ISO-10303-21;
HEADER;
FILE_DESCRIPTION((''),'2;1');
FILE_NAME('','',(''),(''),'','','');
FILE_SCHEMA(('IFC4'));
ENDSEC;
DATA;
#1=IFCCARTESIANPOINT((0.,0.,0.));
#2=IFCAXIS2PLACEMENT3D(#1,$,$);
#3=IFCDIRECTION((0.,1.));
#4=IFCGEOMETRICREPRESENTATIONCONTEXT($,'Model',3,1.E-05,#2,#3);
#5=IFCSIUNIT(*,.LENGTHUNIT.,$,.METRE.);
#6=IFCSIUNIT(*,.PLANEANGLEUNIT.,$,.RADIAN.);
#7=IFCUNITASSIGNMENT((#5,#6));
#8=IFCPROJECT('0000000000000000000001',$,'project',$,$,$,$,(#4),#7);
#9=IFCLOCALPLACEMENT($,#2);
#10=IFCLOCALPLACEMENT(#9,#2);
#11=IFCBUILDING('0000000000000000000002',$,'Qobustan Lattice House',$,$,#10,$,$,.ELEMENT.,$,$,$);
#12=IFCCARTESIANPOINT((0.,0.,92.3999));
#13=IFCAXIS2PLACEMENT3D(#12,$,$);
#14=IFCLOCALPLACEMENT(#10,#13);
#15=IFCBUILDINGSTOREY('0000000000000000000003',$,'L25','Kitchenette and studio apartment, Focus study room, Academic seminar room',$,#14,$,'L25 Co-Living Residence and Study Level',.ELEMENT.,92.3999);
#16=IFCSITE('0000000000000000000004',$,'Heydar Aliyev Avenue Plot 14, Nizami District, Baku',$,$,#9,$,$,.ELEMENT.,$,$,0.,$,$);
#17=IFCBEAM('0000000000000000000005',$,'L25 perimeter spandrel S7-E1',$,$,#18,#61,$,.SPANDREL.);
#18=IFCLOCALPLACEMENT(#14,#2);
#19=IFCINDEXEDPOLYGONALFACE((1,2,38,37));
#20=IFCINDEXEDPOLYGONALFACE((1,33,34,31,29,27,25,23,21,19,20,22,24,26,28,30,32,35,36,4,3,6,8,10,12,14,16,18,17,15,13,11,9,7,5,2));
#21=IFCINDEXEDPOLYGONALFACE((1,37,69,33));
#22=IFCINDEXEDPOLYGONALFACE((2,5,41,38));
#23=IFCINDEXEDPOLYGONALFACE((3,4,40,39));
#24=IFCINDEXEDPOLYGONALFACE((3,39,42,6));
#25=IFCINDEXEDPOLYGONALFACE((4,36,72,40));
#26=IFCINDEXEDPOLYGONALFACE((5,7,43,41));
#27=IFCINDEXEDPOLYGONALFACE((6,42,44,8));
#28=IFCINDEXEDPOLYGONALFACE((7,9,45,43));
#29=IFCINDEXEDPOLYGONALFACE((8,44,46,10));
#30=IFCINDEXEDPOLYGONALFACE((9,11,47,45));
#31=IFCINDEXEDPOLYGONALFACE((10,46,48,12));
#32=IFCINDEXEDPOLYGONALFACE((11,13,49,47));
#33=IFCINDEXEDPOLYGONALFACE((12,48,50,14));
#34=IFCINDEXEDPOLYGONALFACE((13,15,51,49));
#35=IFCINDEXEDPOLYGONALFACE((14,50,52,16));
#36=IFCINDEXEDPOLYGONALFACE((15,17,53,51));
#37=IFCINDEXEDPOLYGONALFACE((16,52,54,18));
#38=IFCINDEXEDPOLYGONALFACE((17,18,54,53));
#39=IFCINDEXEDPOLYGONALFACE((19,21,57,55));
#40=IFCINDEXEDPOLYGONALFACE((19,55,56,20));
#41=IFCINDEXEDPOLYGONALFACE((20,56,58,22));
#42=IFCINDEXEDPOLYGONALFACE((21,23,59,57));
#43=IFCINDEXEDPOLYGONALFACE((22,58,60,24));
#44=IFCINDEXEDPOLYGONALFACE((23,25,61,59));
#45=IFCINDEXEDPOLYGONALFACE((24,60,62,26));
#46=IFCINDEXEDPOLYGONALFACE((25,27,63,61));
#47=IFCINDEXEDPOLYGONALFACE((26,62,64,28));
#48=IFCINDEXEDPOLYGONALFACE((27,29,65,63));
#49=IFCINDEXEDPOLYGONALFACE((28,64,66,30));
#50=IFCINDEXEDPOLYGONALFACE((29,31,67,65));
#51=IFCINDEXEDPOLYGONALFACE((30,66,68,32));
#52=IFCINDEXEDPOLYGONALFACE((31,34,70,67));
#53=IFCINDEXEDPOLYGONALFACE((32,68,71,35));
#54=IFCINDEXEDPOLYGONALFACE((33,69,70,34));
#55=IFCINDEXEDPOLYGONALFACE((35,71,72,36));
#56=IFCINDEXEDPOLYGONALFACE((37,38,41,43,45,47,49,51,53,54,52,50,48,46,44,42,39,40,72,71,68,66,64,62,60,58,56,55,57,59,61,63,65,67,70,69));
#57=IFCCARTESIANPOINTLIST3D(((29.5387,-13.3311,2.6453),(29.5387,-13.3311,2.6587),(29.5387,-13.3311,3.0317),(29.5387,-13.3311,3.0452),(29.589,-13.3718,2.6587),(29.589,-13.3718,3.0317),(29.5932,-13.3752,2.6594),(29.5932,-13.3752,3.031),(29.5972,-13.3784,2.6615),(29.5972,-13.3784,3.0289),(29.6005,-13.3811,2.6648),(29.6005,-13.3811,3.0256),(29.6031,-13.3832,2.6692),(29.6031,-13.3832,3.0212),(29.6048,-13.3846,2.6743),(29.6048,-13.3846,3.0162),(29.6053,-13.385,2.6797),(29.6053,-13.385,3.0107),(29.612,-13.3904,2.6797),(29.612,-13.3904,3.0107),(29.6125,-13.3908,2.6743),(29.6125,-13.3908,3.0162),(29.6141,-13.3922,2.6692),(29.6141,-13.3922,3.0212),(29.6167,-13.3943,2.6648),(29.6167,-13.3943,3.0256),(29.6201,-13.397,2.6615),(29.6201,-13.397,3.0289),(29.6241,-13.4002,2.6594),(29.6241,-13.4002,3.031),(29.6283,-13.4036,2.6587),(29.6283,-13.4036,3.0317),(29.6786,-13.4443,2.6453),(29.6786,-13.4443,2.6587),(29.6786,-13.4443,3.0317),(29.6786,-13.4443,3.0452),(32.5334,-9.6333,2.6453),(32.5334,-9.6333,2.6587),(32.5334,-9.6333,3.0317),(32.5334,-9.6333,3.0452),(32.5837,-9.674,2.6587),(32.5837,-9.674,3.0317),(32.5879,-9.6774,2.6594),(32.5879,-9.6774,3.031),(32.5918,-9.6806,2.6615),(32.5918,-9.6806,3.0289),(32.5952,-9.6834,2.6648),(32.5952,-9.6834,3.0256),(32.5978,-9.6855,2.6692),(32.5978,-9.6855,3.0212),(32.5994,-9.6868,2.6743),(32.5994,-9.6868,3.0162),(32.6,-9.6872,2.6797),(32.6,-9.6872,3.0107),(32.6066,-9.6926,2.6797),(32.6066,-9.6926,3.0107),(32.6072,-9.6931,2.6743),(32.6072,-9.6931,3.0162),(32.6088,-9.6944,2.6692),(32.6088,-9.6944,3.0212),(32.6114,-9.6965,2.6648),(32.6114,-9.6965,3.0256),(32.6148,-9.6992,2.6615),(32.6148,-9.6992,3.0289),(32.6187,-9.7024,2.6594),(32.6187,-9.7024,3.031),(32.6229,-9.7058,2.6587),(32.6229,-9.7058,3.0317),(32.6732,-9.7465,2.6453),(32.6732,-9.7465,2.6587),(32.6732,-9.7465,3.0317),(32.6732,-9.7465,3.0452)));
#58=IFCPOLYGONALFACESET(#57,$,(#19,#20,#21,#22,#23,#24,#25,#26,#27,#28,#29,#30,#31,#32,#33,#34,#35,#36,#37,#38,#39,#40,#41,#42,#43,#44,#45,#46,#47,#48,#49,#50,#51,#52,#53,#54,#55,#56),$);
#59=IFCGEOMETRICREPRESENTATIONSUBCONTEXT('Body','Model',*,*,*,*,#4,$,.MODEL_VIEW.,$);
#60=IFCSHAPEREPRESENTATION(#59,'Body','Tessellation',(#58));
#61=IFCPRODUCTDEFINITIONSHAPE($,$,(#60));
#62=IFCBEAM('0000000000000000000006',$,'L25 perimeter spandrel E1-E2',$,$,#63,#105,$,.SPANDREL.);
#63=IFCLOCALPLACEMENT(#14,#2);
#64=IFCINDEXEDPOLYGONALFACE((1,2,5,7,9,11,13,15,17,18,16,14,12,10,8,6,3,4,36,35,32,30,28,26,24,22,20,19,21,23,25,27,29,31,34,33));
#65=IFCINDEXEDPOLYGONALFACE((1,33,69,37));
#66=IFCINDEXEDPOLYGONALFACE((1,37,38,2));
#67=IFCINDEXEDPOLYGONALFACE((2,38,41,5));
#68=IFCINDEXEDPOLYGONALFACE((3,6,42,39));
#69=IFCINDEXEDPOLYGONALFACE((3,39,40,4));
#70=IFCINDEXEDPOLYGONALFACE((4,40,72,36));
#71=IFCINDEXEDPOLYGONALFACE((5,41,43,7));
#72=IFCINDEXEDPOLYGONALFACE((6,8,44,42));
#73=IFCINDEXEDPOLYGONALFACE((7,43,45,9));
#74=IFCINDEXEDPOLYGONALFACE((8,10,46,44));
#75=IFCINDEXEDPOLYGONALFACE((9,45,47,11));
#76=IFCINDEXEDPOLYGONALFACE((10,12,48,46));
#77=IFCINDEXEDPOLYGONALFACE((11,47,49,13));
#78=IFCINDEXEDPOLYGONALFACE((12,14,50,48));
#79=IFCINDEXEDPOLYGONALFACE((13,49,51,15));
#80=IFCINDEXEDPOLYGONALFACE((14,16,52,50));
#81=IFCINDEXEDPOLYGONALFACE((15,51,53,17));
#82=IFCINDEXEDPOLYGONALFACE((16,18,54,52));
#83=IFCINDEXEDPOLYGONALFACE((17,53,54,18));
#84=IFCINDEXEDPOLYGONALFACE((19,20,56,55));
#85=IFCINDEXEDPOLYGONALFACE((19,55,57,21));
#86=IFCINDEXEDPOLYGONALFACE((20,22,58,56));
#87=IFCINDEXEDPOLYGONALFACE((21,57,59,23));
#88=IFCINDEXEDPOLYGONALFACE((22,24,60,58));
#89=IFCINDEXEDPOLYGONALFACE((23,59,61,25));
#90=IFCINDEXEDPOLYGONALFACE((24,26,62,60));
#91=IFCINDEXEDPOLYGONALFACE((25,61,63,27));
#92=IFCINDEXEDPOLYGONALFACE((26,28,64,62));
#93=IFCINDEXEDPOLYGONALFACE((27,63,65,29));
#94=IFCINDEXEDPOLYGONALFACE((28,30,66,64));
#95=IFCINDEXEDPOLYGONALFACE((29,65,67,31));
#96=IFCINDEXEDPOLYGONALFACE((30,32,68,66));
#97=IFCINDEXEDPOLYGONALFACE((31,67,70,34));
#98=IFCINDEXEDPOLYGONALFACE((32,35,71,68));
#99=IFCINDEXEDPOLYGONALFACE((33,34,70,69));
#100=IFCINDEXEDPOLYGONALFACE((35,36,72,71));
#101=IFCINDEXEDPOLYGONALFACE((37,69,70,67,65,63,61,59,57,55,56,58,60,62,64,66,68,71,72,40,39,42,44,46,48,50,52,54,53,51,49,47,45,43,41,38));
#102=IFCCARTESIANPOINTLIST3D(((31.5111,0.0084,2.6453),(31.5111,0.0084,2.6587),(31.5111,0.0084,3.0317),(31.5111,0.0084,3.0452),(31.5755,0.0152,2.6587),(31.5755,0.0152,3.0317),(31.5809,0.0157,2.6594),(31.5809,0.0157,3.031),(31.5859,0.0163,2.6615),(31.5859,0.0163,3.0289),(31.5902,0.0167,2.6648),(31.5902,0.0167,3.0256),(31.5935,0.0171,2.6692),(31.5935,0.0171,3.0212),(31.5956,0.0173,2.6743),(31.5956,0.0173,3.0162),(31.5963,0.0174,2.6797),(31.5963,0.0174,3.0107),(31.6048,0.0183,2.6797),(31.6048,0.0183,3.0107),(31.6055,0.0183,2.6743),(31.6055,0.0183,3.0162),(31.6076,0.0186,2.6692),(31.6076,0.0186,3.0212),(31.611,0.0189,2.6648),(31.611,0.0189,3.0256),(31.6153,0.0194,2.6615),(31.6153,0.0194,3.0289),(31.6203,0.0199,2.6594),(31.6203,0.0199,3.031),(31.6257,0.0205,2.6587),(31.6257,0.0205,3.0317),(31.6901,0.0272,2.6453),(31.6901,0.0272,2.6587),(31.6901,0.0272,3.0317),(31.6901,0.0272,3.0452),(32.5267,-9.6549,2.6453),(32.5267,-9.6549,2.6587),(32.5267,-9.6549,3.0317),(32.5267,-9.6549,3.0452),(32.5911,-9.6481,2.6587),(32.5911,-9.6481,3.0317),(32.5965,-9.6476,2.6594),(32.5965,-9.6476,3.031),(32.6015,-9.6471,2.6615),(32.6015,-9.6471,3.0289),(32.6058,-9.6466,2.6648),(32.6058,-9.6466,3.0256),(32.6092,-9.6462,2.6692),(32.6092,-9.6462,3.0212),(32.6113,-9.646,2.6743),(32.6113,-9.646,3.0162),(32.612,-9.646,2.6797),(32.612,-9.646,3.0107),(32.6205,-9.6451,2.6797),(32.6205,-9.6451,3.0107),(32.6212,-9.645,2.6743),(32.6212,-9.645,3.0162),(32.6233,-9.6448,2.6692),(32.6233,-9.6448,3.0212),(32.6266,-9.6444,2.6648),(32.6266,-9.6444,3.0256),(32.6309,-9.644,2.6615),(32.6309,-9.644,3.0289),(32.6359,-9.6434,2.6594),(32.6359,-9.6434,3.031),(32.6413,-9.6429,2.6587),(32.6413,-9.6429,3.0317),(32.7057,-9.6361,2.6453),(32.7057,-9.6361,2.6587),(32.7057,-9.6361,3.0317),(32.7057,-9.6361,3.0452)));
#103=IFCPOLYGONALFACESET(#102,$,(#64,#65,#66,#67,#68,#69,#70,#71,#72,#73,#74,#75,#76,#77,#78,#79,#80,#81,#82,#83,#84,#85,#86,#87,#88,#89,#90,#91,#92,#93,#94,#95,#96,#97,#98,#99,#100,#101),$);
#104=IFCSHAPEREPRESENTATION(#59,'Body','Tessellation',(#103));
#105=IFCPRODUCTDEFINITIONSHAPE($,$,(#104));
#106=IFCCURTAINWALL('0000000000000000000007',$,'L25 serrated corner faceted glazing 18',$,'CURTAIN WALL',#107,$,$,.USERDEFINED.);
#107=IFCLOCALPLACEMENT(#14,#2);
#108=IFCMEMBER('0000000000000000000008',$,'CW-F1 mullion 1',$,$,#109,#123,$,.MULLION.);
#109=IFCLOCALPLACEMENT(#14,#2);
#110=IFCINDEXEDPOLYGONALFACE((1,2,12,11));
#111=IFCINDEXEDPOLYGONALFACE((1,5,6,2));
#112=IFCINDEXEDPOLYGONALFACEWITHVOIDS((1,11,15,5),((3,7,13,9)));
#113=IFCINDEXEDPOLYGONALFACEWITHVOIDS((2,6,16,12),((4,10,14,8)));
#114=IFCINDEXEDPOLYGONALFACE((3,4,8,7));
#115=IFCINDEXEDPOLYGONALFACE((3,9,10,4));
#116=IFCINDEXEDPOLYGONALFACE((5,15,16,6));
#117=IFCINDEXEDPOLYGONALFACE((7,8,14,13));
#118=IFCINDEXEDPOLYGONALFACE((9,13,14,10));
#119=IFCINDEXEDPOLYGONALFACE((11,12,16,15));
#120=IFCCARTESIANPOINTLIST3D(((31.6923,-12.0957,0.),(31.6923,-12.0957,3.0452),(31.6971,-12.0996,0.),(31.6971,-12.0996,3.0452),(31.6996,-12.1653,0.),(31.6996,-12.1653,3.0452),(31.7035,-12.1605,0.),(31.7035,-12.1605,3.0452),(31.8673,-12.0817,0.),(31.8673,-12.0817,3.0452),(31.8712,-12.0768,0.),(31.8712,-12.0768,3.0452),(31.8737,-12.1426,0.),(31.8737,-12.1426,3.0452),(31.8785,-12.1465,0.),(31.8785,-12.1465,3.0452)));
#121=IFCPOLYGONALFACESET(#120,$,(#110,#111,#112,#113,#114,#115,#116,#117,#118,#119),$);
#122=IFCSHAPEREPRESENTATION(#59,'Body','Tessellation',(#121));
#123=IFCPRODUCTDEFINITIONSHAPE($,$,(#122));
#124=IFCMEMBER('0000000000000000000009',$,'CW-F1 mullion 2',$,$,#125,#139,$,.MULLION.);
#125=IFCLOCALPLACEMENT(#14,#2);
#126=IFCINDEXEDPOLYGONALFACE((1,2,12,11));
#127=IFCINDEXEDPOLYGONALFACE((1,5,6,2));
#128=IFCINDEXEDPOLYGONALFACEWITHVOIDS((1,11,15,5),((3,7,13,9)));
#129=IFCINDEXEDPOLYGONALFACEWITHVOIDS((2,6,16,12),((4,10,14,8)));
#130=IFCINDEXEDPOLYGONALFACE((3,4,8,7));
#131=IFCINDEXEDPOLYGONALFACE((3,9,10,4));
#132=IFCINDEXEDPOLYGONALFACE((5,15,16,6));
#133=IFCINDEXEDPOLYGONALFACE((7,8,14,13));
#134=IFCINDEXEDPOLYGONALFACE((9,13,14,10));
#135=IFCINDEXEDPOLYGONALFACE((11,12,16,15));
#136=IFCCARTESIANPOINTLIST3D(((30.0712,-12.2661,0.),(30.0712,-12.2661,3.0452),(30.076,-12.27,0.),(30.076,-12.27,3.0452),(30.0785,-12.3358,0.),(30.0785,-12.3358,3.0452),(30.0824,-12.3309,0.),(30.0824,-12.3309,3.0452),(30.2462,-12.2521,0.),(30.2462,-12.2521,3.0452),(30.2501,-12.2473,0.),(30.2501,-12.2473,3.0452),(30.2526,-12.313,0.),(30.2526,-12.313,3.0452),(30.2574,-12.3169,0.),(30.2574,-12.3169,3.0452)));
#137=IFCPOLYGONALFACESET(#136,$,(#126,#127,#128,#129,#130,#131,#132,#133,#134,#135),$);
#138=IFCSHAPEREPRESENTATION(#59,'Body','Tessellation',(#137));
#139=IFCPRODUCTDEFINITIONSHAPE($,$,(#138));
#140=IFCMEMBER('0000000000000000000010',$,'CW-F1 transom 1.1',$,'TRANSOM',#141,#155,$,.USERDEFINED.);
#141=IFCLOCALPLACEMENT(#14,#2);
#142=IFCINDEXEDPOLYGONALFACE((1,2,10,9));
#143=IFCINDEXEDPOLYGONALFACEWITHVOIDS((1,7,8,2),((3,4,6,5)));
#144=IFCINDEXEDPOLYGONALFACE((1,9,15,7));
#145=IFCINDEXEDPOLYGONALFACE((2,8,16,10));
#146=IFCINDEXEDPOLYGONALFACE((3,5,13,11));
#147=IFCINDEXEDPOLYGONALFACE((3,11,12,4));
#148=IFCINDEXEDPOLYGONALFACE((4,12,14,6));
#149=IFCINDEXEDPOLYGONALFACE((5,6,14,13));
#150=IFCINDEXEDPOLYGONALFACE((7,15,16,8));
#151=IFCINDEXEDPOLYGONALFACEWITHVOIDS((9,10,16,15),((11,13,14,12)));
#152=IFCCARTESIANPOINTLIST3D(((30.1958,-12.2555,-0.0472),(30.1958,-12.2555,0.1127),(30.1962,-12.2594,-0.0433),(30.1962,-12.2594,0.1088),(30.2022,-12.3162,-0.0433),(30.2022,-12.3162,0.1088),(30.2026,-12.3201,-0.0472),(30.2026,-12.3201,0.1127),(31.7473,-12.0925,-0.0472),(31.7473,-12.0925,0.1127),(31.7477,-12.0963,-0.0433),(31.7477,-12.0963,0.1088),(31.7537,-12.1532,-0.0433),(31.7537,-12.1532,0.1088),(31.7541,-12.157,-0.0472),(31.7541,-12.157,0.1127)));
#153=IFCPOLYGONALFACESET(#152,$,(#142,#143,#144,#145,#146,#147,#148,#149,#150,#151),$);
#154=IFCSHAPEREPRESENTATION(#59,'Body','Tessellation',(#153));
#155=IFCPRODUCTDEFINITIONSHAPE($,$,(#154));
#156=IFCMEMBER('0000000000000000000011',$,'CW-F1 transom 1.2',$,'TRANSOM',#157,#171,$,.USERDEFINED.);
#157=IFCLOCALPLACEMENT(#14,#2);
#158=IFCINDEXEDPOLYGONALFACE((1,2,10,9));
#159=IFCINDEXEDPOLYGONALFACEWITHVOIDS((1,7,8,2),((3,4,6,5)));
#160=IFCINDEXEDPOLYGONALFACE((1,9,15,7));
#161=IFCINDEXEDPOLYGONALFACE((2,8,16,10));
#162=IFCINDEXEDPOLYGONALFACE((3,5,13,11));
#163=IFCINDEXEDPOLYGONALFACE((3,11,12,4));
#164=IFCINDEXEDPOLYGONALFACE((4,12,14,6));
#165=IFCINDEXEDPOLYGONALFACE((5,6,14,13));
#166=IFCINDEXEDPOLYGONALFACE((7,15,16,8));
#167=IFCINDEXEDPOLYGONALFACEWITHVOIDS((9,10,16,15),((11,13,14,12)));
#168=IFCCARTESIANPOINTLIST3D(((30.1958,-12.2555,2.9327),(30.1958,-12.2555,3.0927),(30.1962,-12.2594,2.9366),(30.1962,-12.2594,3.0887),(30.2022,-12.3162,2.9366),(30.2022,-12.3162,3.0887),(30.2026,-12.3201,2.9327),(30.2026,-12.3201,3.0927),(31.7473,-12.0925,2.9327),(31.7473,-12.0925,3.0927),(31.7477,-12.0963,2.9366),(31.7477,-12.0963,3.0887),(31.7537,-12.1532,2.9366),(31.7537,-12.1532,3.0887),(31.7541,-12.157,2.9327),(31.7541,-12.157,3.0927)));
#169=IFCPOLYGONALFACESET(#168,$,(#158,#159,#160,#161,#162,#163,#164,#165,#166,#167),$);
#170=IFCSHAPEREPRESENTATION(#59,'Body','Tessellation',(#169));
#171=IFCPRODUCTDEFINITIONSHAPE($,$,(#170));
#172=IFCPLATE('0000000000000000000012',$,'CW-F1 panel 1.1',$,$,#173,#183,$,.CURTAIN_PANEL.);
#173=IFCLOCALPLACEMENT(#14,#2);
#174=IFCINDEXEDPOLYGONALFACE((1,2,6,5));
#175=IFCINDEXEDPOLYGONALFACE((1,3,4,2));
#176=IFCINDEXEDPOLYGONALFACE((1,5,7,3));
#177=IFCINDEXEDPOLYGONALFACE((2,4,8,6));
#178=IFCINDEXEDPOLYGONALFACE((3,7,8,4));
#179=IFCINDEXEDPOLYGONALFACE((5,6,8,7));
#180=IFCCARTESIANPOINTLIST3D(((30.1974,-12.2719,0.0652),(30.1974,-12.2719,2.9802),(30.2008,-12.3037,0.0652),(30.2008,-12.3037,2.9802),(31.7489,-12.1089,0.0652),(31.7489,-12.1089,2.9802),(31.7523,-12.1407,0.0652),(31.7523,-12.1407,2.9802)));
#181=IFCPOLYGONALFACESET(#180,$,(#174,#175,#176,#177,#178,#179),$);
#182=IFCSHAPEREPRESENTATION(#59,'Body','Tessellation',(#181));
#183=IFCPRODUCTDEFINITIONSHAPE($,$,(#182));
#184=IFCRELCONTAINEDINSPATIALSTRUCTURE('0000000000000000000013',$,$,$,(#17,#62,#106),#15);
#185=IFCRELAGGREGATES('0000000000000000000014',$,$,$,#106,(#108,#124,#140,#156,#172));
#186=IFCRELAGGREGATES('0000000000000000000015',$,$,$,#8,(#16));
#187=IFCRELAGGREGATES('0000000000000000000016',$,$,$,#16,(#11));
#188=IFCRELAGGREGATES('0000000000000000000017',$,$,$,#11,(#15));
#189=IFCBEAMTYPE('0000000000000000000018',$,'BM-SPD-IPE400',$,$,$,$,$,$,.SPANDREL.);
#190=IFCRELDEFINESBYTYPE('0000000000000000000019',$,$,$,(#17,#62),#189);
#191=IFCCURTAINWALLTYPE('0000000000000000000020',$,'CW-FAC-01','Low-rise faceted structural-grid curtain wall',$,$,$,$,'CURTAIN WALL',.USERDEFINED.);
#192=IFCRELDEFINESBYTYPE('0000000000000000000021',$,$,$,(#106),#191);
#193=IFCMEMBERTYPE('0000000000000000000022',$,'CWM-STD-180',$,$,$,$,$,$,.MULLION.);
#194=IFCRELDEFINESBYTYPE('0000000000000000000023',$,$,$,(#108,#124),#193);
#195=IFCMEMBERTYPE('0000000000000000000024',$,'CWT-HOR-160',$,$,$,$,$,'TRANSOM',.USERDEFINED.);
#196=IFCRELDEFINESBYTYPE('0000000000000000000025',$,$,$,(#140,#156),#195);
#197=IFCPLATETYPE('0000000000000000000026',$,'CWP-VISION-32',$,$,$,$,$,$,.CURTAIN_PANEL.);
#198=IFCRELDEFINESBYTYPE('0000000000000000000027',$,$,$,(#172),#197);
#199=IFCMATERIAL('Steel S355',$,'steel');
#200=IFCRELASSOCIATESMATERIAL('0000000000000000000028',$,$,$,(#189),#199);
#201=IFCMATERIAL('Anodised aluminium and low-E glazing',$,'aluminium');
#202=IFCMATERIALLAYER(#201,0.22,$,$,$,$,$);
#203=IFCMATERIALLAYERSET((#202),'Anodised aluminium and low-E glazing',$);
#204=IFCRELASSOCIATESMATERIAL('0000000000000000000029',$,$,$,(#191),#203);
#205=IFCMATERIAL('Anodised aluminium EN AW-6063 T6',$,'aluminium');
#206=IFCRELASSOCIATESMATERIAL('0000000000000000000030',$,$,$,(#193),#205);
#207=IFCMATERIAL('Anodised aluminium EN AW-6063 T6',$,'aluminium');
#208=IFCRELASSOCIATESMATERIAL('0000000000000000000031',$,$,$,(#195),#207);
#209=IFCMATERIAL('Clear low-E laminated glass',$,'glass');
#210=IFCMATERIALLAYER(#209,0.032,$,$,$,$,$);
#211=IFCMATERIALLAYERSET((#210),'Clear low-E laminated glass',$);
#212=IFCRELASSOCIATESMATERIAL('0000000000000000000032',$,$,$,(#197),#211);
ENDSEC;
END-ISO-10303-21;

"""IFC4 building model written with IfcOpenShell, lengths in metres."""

from ifc_helpers import new_model, si_unit, direction, frame, origin, origin_2d, place, context, subcontext, project, spatial, rectangle, hollow_rectangle, i_section, extrude, material, layer, layer_set, material_profile, profile_set, type_object, element, aggregate, save


model = new_model("IFC4")

# Units and contexts
model_context = context("Model", 3, precision=1e-05, world=origin(), true_north=direction((0.0, 1.0)))
body_context = subcontext(model_context, "Body", "Model", "MODEL_VIEW")
ifc_project = project(units=[si_unit("LENGTHUNIT", "METRE"), si_unit("PLANEANGLEUNIT", "RADIAN")], contexts=[model_context])

# Site, building, storey
site_placement = place(None, origin())
site = spatial("IfcSite", under=ifc_project, at=site_placement, Name="Heydar Aliyev Avenue Plot 14, Nizami District, Baku", CompositionType="ELEMENT", RefElevation=0.0)
building_placement = place(site_placement, origin())
building = spatial("IfcBuilding", under=site, at=building_placement, Name="Qobustan Lattice House", CompositionType="ELEMENT")
storey_placement = place(building_placement, frame((0.0, 0.0, 92.3999)))
storey = spatial("IfcBuildingStorey", under=building, at=storey_placement, Name="L25", Description="Kitchenette and studio apartment, Focus study room, Academic seminar room", LongName="L25 Co-Living Residence and Study Level", CompositionType="ELEMENT", Elevation=92.3999)

# Beams
ifc_material_1 = material(Name="Steel S355", Category="steel")
ifc_material_profile_1 = material_profile(ifc_material_1, i_section(OverallWidth=0.1799, OverallDepth=0.3999, WebThickness=0.0085, FlangeThickness=0.0134, FilletRadius=0.021, at=origin_2d()), Name="IPE400")
ifc_profile_set_1 = profile_set([ifc_material_profile_1], Name="Steel S355")
beam_type_1 = type_object("IfcBeamType", Name="BM-SPD-IPE400", PredefinedType="SPANDREL", material=ifc_profile_set_1)
beam_1_placement = place(storey_placement, frame((29.6086, -13.3877, 2.8452), z_axis=(0.629352, 0.777121, 0.0), x_axis=(-0.777121, 0.629352, 0.0)))
element("IfcBeam", 1, at=beam_1_placement, inside=storey, type_object=beam_type_1, Name="L25 perimeter spandrel S7-E1", PredefinedType="SPANDREL", context=body_context, shape_type="SweptSolid", body=[
    extrude(i_section(OverallWidth=0.1799, OverallDepth=0.3999, WebThickness=0.0085, FlangeThickness=0.0134, FilletRadius=0.021, at=origin_2d()), origin(), (0.0, 0.0, 1.0), 4.7583),
])
beam_2_placement = place(storey_placement, frame((32.6162, -9.6455, 2.8452), z_axis=(-0.104525, 0.994522, 0.0), x_axis=(-0.994522, -0.104525, 0.0)))
element("IfcBeam", 2, at=beam_2_placement, inside=storey, type_object=beam_type_1, Name="L25 perimeter spandrel E1-E2", PredefinedType="SPANDREL", context=body_context, shape_type="SweptSolid", body=[
    extrude(i_section(OverallWidth=0.1799, OverallDepth=0.3999, WebThickness=0.0085, FlangeThickness=0.0134, FilletRadius=0.021, at=origin_2d()), origin(), (0.0, 0.0, 1.0), 9.7166),
])

# Curtain wall, members, plate
ifc_material_2 = material(Name="Anodised aluminium and low-E glazing", Category="aluminium")
ifc_layer_1 = layer(ifc_material_2, 0.22)
ifc_layer_set_1 = layer_set([ifc_layer_1], Name="Anodised aluminium and low-E glazing")
curtain_wall_type = type_object("IfcCurtainWallType", Name="CW-FAC-01", Description="Low-rise faceted structural-grid curtain wall", ElementType="CURTAIN WALL", PredefinedType="USERDEFINED", material=ifc_layer_set_1)
curtain_wall_placement = place(storey_placement, origin())
curtain_wall = element("IfcCurtainWall", 3, at=curtain_wall_placement, inside=storey, type_object=curtain_wall_type, Name="L25 serrated corner faceted glazing 18", ObjectType="CURTAIN WALL", PredefinedType="USERDEFINED")
ifc_material_3 = material(Name="Anodised aluminium EN AW-6063 T6", Category="aluminium")
ifc_material_profile_2 = material_profile(ifc_material_3, hollow_rectangle(XDim=0.0701, YDim=0.1799, WallThickness=0.0044, at=origin_2d()), Name="CWM-180x70")
ifc_profile_set_2 = profile_set([ifc_material_profile_2], Name="Anodised aluminium EN AW-6063 T6")
member_type_1 = type_object("IfcMemberType", Name="CWM-STD-180", PredefinedType="MULLION", material=ifc_profile_set_2)
member_1_placement = place(storey_placement, frame((31.7854, -12.1211, 0.0), z_axis=(0.0, 0.0, 1.0), x_axis=(0.104529, -0.994522, 0.0)))
member_1 = element("IfcMember", 4, at=member_1_placement, type_object=member_type_1, Name="CW-F1 mullion 1", PredefinedType="MULLION", context=body_context, shape_type="SweptSolid", body=[
    extrude(hollow_rectangle(XDim=0.0701, YDim=0.1799, WallThickness=0.0044, at=origin_2d()), origin(), (0.0, 0.0, 1.0), 3.0452),
])
member_2_placement = place(storey_placement, frame((30.1643, -12.2915, 0.0), z_axis=(0.0, 0.0, 1.0), x_axis=(0.104529, -0.994522, 0.0)))
member_2 = element("IfcMember", 5, at=member_2_placement, type_object=member_type_1, Name="CW-F1 mullion 2", PredefinedType="MULLION", context=body_context, shape_type="SweptSolid", body=[
    extrude(hollow_rectangle(XDim=0.0701, YDim=0.1799, WallThickness=0.0044, at=origin_2d()), origin(), (0.0, 0.0, 1.0), 3.0452),
])
ifc_material_4 = material(Name="Anodised aluminium EN AW-6063 T6", Category="aluminium")
ifc_material_profile_3 = material_profile(ifc_material_4, hollow_rectangle(XDim=0.0649, YDim=0.1599, WallThickness=0.0039, at=origin_2d()), Name="CWT-160x65")
ifc_profile_set_3 = profile_set([ifc_material_profile_3], Name="Anodised aluminium EN AW-6063 T6")
member_type_2 = type_object("IfcMemberType", Name="CWT-HOR-160", ElementType="TRANSOM", PredefinedType="USERDEFINED", material=ifc_profile_set_3)
member_3_placement = place(storey_placement, frame((31.7507, -12.1248, 0.0327), z_axis=(-0.994521, -0.104538, 0.0), x_axis=(0.104538, -0.994521, 0.0)))
member_3 = element("IfcMember", 6, at=member_3_placement, type_object=member_type_2, Name="CW-F1 transom 1.1", ObjectType="TRANSOM", PredefinedType="USERDEFINED", context=body_context, shape_type="SweptSolid", body=[
    extrude(hollow_rectangle(XDim=0.0649, YDim=0.1599, WallThickness=0.0039, at=origin_2d()), origin(), (0.0, 0.0, 1.0), 1.5601),
])
member_4_placement = place(storey_placement, frame((31.7507, -12.1248, 3.0127), z_axis=(-0.994521, -0.104538, 0.0), x_axis=(0.104538, -0.994521, 0.0)))
member_4 = element("IfcMember", 7, at=member_4_placement, type_object=member_type_2, Name="CW-F1 transom 1.2", ObjectType="TRANSOM", PredefinedType="USERDEFINED", context=body_context, shape_type="SweptSolid", body=[
    extrude(hollow_rectangle(XDim=0.0649, YDim=0.1599, WallThickness=0.0039, at=origin_2d()), origin(), (0.0, 0.0, 1.0), 1.5601),
])
ifc_material_5 = material(Name="Clear low-E laminated glass", Category="glass")
ifc_layer_2 = layer(ifc_material_5, 0.032)
ifc_layer_set_2 = layer_set([ifc_layer_2], Name="Clear low-E laminated glass")
plate_type_1 = type_object("IfcPlateType", Name="CWP-VISION-32", PredefinedType="CURTAIN_PANEL", material=ifc_layer_set_2)
plate_1_placement = place(storey_placement, frame((30.9749, -12.2063, 0.0652), z_axis=(0.0, 0.0, 1.0), x_axis=(-0.994522, -0.104529, 0.0)))
plate_1 = element("IfcPlate", 8, at=plate_1_placement, type_object=plate_type_1, Name="CW-F1 panel 1.1", PredefinedType="CURTAIN_PANEL", context=body_context, shape_type="SweptSolid", body=[
    extrude(rectangle(XDim=1.5601, YDim=0.032, at=origin_2d()), origin(), (0.0, 0.0, 1.0), 2.915),
])
aggregate(curtain_wall, [member_1, member_2, member_3, member_4, plate_1])

save(model, "model.ifc")
